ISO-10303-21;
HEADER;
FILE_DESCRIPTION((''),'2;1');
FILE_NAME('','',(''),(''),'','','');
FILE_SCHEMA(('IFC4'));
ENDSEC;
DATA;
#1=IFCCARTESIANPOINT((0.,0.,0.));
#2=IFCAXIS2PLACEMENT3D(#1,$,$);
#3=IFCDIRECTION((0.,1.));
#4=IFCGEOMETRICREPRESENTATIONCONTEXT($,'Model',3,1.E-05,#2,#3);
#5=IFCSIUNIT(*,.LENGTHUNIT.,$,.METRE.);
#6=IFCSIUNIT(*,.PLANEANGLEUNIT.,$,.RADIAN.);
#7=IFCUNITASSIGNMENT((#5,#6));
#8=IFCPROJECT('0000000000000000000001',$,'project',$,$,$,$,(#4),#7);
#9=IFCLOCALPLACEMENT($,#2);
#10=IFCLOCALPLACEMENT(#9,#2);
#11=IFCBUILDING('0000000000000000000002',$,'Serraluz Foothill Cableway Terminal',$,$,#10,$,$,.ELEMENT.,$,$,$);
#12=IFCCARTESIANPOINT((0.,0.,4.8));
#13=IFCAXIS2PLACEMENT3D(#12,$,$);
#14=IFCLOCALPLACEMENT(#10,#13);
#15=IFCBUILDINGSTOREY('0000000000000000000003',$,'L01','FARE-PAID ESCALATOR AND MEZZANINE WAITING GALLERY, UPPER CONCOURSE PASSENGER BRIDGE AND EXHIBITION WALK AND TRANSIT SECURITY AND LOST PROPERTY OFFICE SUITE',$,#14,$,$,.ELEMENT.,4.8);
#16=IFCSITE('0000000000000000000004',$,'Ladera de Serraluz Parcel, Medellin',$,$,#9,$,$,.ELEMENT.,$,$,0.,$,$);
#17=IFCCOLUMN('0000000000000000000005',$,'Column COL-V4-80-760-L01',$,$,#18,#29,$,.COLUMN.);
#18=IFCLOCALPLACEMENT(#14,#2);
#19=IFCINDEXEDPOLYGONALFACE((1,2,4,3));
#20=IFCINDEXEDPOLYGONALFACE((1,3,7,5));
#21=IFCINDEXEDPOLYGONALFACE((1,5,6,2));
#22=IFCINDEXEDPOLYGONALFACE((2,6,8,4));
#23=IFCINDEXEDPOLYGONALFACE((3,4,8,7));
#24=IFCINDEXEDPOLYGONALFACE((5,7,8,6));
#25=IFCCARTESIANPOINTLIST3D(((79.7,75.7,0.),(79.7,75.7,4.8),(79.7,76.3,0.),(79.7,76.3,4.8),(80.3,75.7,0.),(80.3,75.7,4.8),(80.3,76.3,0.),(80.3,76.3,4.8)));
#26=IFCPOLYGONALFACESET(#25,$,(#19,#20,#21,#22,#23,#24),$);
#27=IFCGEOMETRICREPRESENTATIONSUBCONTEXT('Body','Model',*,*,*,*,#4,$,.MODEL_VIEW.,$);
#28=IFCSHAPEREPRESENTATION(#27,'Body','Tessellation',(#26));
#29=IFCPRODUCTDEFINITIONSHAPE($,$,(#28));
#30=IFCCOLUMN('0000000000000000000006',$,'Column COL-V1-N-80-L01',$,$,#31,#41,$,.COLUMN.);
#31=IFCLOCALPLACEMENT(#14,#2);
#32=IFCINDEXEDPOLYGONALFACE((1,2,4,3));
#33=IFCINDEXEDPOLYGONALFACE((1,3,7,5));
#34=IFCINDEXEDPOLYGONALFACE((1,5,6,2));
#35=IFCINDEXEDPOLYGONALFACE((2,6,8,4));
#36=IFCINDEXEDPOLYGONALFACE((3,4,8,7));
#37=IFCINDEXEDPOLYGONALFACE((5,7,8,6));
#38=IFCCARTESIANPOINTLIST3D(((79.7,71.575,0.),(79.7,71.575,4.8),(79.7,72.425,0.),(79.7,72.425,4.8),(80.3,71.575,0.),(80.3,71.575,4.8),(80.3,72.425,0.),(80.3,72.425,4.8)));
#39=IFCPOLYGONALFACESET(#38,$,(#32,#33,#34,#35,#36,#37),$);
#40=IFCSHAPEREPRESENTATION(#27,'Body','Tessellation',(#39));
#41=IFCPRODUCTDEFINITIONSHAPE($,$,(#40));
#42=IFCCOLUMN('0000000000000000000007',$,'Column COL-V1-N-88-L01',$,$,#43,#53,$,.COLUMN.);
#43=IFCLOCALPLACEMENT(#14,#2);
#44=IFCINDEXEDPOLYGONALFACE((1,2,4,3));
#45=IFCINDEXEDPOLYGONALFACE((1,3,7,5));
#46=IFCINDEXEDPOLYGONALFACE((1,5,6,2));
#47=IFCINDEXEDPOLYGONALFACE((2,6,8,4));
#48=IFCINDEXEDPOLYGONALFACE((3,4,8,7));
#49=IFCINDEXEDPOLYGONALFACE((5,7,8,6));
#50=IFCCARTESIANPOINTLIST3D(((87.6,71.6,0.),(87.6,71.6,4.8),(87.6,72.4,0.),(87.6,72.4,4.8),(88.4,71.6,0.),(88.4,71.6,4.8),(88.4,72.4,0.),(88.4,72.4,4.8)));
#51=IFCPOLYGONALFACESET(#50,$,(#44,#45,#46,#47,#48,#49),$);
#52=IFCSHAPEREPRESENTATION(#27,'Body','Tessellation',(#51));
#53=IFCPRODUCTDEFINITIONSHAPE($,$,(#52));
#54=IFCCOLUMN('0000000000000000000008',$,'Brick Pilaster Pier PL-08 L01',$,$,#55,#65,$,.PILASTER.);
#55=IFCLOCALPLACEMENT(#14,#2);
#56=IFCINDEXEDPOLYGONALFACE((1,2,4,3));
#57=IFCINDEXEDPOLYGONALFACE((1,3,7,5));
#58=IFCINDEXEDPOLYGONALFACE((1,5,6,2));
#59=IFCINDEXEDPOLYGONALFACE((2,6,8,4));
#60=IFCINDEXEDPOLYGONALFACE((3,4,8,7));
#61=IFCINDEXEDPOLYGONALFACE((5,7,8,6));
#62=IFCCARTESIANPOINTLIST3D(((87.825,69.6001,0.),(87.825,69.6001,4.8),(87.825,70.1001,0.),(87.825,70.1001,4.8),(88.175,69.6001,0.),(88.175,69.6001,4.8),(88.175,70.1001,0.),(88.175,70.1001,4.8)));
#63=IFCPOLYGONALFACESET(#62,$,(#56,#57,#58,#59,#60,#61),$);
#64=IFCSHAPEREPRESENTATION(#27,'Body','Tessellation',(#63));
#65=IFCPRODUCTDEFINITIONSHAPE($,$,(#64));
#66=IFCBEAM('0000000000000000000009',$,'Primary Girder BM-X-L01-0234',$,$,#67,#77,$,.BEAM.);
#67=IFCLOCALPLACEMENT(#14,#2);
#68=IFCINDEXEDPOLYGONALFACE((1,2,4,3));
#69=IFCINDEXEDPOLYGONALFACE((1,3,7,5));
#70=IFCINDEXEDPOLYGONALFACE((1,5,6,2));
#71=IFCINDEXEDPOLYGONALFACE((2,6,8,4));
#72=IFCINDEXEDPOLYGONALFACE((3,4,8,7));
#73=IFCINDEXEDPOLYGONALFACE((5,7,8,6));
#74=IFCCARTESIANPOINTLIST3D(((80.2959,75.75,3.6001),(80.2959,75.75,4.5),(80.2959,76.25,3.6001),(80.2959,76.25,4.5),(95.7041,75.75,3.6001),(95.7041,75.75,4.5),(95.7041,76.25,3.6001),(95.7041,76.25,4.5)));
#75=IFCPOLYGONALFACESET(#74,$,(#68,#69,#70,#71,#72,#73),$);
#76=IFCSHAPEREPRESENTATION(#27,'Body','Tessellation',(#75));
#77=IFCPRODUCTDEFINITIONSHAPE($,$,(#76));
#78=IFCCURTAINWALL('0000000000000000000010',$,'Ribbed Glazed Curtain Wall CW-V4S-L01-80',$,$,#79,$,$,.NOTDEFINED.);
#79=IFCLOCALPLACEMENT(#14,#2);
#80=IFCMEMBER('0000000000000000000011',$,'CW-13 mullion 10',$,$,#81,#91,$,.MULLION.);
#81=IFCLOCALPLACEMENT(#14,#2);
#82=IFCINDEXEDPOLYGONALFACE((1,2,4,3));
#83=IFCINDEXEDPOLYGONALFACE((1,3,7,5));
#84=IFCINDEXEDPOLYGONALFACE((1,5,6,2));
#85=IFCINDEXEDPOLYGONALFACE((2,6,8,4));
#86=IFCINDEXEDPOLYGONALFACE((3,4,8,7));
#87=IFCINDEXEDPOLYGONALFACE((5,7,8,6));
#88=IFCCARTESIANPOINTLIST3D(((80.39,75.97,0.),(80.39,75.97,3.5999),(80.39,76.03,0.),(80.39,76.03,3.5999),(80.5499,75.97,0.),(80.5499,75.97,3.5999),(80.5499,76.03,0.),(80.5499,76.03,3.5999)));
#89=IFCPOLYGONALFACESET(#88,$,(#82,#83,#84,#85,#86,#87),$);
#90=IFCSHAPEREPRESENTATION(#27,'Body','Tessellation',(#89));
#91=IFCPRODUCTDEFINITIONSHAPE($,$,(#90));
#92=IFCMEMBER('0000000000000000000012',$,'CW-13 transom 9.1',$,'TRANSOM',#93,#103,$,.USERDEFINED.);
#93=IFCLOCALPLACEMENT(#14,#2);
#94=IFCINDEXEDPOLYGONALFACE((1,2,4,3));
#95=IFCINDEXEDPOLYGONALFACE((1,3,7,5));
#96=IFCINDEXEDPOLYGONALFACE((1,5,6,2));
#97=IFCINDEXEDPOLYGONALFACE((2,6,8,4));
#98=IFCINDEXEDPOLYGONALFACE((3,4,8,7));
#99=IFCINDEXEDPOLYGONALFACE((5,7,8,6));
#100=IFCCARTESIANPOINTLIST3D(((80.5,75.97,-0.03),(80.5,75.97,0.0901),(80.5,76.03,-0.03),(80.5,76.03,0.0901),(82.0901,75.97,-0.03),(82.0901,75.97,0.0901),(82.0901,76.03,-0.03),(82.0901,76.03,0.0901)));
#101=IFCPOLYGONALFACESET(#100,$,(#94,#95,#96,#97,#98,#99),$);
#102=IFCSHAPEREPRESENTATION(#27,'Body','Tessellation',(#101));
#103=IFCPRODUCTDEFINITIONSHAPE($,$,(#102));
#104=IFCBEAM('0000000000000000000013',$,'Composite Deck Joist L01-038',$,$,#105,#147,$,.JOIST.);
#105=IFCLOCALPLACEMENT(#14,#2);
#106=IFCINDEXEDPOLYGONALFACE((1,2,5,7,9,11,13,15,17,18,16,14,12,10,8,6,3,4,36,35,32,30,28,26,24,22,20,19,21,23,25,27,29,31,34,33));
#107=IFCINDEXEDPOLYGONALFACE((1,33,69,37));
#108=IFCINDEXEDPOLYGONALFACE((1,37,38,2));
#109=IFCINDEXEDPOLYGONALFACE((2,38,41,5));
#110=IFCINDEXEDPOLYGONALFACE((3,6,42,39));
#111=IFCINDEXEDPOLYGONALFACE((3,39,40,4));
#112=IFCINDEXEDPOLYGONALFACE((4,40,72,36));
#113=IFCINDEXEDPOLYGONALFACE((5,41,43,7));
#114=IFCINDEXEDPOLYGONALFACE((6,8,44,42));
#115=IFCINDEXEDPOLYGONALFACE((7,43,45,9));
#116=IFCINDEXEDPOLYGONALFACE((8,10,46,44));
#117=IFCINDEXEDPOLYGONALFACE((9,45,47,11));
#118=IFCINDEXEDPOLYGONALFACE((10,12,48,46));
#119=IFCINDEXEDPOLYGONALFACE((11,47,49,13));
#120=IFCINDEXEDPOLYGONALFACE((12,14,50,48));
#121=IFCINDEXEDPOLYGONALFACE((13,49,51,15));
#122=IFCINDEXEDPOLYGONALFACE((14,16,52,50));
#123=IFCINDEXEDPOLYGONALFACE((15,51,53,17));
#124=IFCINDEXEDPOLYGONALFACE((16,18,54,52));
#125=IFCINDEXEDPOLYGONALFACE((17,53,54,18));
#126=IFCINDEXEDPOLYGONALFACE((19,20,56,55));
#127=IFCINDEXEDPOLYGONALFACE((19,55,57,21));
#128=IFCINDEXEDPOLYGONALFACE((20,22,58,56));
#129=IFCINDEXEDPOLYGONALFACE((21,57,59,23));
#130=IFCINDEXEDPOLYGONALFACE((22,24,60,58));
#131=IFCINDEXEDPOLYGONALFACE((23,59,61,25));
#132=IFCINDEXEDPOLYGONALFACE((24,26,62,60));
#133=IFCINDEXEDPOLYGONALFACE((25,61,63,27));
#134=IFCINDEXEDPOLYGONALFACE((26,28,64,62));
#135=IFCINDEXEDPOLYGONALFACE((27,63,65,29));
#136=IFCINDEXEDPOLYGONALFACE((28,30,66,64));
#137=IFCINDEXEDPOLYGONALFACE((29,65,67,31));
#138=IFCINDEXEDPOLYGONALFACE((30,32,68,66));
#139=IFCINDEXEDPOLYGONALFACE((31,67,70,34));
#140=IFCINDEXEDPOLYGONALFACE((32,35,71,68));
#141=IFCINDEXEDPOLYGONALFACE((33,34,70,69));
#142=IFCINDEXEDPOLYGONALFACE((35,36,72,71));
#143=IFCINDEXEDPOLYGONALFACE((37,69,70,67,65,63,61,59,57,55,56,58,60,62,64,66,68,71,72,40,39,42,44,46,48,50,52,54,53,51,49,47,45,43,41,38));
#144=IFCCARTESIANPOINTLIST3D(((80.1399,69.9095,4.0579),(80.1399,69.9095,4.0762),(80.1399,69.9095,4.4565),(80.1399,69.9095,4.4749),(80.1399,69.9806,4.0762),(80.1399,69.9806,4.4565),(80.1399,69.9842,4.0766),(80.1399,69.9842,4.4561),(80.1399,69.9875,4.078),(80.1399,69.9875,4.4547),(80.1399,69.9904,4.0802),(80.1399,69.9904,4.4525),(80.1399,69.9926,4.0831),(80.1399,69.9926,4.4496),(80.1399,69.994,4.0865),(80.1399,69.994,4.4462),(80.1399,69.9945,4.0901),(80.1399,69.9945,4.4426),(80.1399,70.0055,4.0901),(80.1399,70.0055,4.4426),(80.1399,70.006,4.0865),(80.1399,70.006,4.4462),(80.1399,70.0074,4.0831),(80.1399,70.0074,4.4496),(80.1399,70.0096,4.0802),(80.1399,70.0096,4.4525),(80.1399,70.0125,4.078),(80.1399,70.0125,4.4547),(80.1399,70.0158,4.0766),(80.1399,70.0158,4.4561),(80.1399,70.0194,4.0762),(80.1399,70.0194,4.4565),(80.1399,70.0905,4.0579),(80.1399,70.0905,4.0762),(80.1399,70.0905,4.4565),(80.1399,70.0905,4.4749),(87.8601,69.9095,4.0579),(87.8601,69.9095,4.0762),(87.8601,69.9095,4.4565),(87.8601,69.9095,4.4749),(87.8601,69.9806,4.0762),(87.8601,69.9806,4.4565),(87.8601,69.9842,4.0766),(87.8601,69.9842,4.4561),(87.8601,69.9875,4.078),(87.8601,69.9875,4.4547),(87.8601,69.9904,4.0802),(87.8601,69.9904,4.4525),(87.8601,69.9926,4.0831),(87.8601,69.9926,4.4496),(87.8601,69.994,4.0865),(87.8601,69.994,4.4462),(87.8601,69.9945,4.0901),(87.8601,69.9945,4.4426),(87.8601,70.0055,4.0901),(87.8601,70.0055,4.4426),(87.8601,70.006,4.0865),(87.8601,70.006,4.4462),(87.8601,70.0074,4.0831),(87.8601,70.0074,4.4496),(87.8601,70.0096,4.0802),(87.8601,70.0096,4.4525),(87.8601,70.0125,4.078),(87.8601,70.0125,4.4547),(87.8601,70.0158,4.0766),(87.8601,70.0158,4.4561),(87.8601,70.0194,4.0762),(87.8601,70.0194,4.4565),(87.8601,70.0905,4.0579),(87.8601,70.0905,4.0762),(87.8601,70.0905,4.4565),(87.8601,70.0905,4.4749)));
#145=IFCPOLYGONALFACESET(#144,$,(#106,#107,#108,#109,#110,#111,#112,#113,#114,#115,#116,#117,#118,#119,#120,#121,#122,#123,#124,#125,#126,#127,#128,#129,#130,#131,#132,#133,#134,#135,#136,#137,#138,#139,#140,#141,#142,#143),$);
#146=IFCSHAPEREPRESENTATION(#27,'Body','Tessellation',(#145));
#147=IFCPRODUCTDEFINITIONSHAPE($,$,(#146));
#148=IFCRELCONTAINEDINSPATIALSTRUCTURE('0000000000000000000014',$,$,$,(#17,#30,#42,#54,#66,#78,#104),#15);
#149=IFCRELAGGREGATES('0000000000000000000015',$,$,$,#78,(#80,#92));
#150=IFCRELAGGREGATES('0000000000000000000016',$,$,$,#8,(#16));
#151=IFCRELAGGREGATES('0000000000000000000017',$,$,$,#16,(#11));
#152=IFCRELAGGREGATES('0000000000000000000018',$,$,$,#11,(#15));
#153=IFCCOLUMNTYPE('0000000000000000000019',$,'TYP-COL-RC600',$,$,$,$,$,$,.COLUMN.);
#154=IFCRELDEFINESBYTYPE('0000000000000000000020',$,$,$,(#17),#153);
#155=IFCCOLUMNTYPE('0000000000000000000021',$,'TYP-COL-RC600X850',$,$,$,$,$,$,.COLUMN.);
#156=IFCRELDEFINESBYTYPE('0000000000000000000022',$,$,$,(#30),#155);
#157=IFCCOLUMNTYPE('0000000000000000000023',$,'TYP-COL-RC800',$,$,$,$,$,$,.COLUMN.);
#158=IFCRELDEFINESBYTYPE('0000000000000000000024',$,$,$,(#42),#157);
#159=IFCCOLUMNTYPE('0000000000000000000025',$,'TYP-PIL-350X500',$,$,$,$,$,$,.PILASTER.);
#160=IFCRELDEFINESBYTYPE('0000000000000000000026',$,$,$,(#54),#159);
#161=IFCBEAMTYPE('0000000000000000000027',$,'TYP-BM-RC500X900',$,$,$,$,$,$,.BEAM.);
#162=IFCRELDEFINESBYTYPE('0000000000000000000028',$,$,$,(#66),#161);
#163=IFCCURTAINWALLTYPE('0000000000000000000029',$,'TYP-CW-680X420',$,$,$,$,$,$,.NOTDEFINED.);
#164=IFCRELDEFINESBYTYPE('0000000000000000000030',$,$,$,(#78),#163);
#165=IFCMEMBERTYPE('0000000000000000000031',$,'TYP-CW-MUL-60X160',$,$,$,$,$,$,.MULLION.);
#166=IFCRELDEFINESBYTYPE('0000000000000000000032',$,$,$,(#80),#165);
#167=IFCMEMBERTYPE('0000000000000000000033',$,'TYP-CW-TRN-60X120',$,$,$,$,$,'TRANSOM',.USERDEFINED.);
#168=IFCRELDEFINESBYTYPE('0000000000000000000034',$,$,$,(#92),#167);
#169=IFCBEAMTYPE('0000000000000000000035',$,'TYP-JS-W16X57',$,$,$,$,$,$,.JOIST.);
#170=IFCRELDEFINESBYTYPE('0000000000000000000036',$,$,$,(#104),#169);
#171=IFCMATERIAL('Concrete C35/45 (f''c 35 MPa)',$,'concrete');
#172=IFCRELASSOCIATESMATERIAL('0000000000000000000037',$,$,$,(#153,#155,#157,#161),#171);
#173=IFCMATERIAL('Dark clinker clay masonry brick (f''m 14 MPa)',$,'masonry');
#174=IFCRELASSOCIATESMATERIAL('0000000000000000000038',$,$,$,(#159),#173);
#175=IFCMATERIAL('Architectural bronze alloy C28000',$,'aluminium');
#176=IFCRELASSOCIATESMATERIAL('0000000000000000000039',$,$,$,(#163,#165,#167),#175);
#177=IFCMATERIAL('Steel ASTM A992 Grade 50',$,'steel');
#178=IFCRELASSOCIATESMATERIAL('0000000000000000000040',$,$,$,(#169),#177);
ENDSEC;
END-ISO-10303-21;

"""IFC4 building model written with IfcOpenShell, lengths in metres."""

from ifc_helpers import new_model, si_unit, direction, frame, origin, origin_2d, place, context, subcontext, project, spatial, rectangle, i_section, extrude, material, material_profile, profile_set, type_object, element, aggregate, save


model = new_model("IFC4")

# Units and contexts
model_context = context("Model", 3, precision=1e-05, world=origin(), true_north=direction((0.0, 1.0)))
body_context = subcontext(model_context, "Body", "Model", "MODEL_VIEW")
ifc_project = project(units=[si_unit("LENGTHUNIT", "METRE"), si_unit("PLANEANGLEUNIT", "RADIAN")], contexts=[model_context])

# Site, building, storey
site_placement = place(None, origin())
site = spatial("IfcSite", under=ifc_project, at=site_placement, Name="Ladera de Serraluz Parcel, Medellin", CompositionType="ELEMENT", RefElevation=0.0)
building_placement = place(site_placement, origin())
building = spatial("IfcBuilding", under=site, at=building_placement, Name="Serraluz Foothill Cableway Terminal", CompositionType="ELEMENT")
storey_placement = place(building_placement, frame((0.0, 0.0, 4.8)))
storey = spatial("IfcBuildingStorey", under=building, at=storey_placement, Name="L01", Description="FARE-PAID ESCALATOR AND MEZZANINE WAITING GALLERY, UPPER CONCOURSE PASSENGER BRIDGE AND EXHIBITION WALK AND TRANSIT SECURITY AND LOST PROPERTY OFFICE SUITE", CompositionType="ELEMENT", Elevation=4.8)

# Columns
ifc_material_1 = material(Name="Concrete C35/45 (f'c 35 MPa)", Category="concrete")
ifc_material_profile_1 = material_profile(ifc_material_1, rectangle(XDim=0.6001, YDim=0.6001, at=origin_2d()), Name="RC 600x600")
ifc_profile_set_1 = profile_set([ifc_material_profile_1], Name="Concrete C35/45 (f'c 35 MPa)")
column_type_1 = type_object("IfcColumnType", Name="TYP-COL-RC600", PredefinedType="COLUMN", material=ifc_profile_set_1)
column_1_placement = place(storey_placement, frame((80.0, 76.0, 0.0), z_axis=(0.0, 0.0, 1.0), x_axis=(1.0, 0.0, 0.0)))
element("IfcColumn", 1, at=column_1_placement, inside=storey, type_object=column_type_1, Name="Column COL-V4-80-760-L01", PredefinedType="COLUMN", context=body_context, shape_type="SweptSolid", body=[
    extrude(rectangle(XDim=0.6001, YDim=0.6001, at=origin_2d()), origin(), (0.0, 0.0, 1.0), 4.8),
])
ifc_material_profile_2 = material_profile(ifc_material_1, rectangle(XDim=0.6001, YDim=0.8501, at=origin_2d()), Name="RC 600x850")
ifc_profile_set_2 = profile_set([ifc_material_profile_2], Name="Concrete C35/45 (f'c 35 MPa)")
column_type_2 = type_object("IfcColumnType", Name="TYP-COL-RC600X850", PredefinedType="COLUMN", material=ifc_profile_set_2)
column_2_placement = place(storey_placement, frame((80.0, 72.0, 0.0), z_axis=(0.0, 0.0, 1.0), x_axis=(1.0, 0.0, 0.0)))
element("IfcColumn", 2, at=column_2_placement, inside=storey, type_object=column_type_2, Name="Column COL-V1-N-80-L01", PredefinedType="COLUMN", context=body_context, shape_type="SweptSolid", body=[
    extrude(rectangle(XDim=0.6001, YDim=0.8501, at=origin_2d()), origin(), (0.0, 0.0, 1.0), 4.8),
])
ifc_material_profile_3 = material_profile(ifc_material_1, rectangle(XDim=0.8, YDim=0.8, at=origin_2d()), Name="RC 800x800")
ifc_profile_set_3 = profile_set([ifc_material_profile_3], Name="Concrete C35/45 (f'c 35 MPa)")
column_type_3 = type_object("IfcColumnType", Name="TYP-COL-RC800", PredefinedType="COLUMN", material=ifc_profile_set_3)
column_3_placement = place(storey_placement, frame((88.0, 72.0, 0.0), z_axis=(0.0, 0.0, 1.0), x_axis=(1.0, 0.0, 0.0)))
element("IfcColumn", 3, at=column_3_placement, inside=storey, type_object=column_type_3, Name="Column COL-V1-N-88-L01", PredefinedType="COLUMN", context=body_context, shape_type="SweptSolid", body=[
    extrude(rectangle(XDim=0.8, YDim=0.8, at=origin_2d()), origin(), (0.0, 0.0, 1.0), 4.8),
])
ifc_material_2 = material(Name="Dark clinker clay masonry brick (f'm 14 MPa)", Category="masonry")
ifc_material_profile_4 = material_profile(ifc_material_2, rectangle(XDim=0.3501, YDim=0.5, at=origin_2d()), Name="PIL 350x500")
ifc_profile_set_4 = profile_set([ifc_material_profile_4], Name="Dark clinker clay masonry brick (f'm 14 MPa)")
column_type_4 = type_object("IfcColumnType", Name="TYP-PIL-350X500", PredefinedType="PILASTER", material=ifc_profile_set_4)
column_4_placement = place(storey_placement, frame((88.0, 69.8501, 0.0), z_axis=(0.0, 0.0, 1.0), x_axis=(1.0, 0.0, 0.0)))
element("IfcColumn", 4, at=column_4_placement, inside=storey, type_object=column_type_4, Name="Brick Pilaster Pier PL-08 L01", PredefinedType="PILASTER", context=body_context, shape_type="SweptSolid", body=[
    extrude(rectangle(XDim=0.3501, YDim=0.5, at=origin_2d()), origin(), (0.0, 0.0, 1.0), 4.8),
])

# Beam
ifc_material_profile_5 = material_profile(ifc_material_1, rectangle(XDim=0.5, YDim=0.8999, at=origin_2d()), Name="RC 500x900")
ifc_profile_set_5 = profile_set([ifc_material_profile_5], Name="Concrete C35/45 (f'c 35 MPa)")
beam_type_1 = type_object("IfcBeamType", Name="TYP-BM-RC500X900", PredefinedType="BEAM", material=ifc_profile_set_5)
beam_placement = place(storey_placement, frame((80.2959, 76.0, 4.05), z_axis=(1.0, 0.0, 0.0), x_axis=(0.0, 1.0, 0.0)))
element("IfcBeam", 5, at=beam_placement, inside=storey, type_object=beam_type_1, Name="Primary Girder BM-X-L01-0234", PredefinedType="BEAM", context=body_context, shape_type="SweptSolid", body=[
    extrude(rectangle(XDim=0.5, YDim=0.8999, at=origin_2d()), origin(), (0.0, 0.0, 1.0), 15.4082),
])

# Curtain wall, members
ifc_material_3 = material(Name="Architectural bronze alloy C28000", Category="aluminium")
curtain_wall_type = type_object("IfcCurtainWallType", Name="TYP-CW-680X420", PredefinedType="NOTDEFINED", material=ifc_material_3)
curtain_wall_placement = place(storey_placement, origin())
curtain_wall = element("IfcCurtainWall", 6, at=curtain_wall_placement, inside=storey, type_object=curtain_wall_type, Name="Ribbed Glazed Curtain Wall CW-V4S-L01-80", PredefinedType="NOTDEFINED")
ifc_material_profile_6 = material_profile(ifc_material_3, rectangle(XDim=0.0601, YDim=0.1599, at=origin_2d()), Name="ALU MULLION 60x160")
ifc_profile_set_6 = profile_set([ifc_material_profile_6], Name="Architectural bronze alloy C28000")
member_type_1 = type_object("IfcMemberType", Name="TYP-CW-MUL-60X160", PredefinedType="MULLION", material=ifc_profile_set_6)
member_1_placement = place(storey_placement, frame((80.47, 76.0, 0.0), z_axis=(0.0, 0.0, 1.0), x_axis=(0.0, -1.0, 0.0)))
member_1 = element("IfcMember", 7, at=member_1_placement, type_object=member_type_1, Name="CW-13 mullion 10", PredefinedType="MULLION", context=body_context, shape_type="SweptSolid", body=[
    extrude(rectangle(XDim=0.0601, YDim=0.1599, at=origin_2d()), origin(), (0.0, 0.0, 1.0), 3.5999),
])
ifc_material_profile_7 = material_profile(ifc_material_3, rectangle(XDim=0.0601, YDim=0.1201, at=origin_2d()), Name="ALU TRANSOM 60x120")
ifc_profile_set_7 = profile_set([ifc_material_profile_7], Name="Architectural bronze alloy C28000")
member_type_2 = type_object("IfcMemberType", Name="TYP-CW-TRN-60X120", ElementType="TRANSOM", PredefinedType="USERDEFINED", material=ifc_profile_set_7)
member_2_placement = place(storey_placement, frame((82.0901, 76.0, 0.03), z_axis=(-1.0, 0.0, 0.0), x_axis=(0.0, -1.0, 0.0)))
member_2 = element("IfcMember", 8, at=member_2_placement, type_object=member_type_2, Name="CW-13 transom 9.1", ObjectType="TRANSOM", PredefinedType="USERDEFINED", context=body_context, shape_type="SweptSolid", body=[
    extrude(rectangle(XDim=0.0601, YDim=0.1201, at=origin_2d()), origin(), (0.0, 0.0, 1.0), 1.5901),
])

# Beam
ifc_material_4 = material(Name="Steel ASTM A992 Grade 50", Category="steel")
ifc_material_profile_8 = material_profile(ifc_material_4, i_section(OverallWidth=0.1809, OverallDepth=0.417, WebThickness=0.011, FlangeThickness=0.0183, FilletRadius=0.0139, at=origin_2d()), Name="W16X57")
ifc_profile_set_8 = profile_set([ifc_material_profile_8], Name="Steel ASTM A992 Grade 50")
beam_type_2 = type_object("IfcBeamType", Name="TYP-JS-W16X57", PredefinedType="JOIST", material=ifc_profile_set_8)
for number, where, z_axis, x_axis, name in (
    (9, (80.1399, 70.0, 4.2664), (1.0, 0.0, 0.0), (0.0, 1.0, 0.0), "Composite Deck Joist L01-038"),
):
    element("IfcBeam", number, at=place(storey_placement, frame(where, z_axis=z_axis, x_axis=x_axis)), inside=storey, type_object=beam_type_2, Name=name, PredefinedType="JOIST", context=body_context, shape_type="SweptSolid", body=[
        extrude(i_section(OverallWidth=0.1809, OverallDepth=0.417, WebThickness=0.011, FlangeThickness=0.0183, FilletRadius=0.0139, at=origin_2d()), origin(), (0.0, 0.0, 1.0), 7.7202),
    ])

aggregate(curtain_wall, [member_1, member_2])

save(model, "model.ifc")
